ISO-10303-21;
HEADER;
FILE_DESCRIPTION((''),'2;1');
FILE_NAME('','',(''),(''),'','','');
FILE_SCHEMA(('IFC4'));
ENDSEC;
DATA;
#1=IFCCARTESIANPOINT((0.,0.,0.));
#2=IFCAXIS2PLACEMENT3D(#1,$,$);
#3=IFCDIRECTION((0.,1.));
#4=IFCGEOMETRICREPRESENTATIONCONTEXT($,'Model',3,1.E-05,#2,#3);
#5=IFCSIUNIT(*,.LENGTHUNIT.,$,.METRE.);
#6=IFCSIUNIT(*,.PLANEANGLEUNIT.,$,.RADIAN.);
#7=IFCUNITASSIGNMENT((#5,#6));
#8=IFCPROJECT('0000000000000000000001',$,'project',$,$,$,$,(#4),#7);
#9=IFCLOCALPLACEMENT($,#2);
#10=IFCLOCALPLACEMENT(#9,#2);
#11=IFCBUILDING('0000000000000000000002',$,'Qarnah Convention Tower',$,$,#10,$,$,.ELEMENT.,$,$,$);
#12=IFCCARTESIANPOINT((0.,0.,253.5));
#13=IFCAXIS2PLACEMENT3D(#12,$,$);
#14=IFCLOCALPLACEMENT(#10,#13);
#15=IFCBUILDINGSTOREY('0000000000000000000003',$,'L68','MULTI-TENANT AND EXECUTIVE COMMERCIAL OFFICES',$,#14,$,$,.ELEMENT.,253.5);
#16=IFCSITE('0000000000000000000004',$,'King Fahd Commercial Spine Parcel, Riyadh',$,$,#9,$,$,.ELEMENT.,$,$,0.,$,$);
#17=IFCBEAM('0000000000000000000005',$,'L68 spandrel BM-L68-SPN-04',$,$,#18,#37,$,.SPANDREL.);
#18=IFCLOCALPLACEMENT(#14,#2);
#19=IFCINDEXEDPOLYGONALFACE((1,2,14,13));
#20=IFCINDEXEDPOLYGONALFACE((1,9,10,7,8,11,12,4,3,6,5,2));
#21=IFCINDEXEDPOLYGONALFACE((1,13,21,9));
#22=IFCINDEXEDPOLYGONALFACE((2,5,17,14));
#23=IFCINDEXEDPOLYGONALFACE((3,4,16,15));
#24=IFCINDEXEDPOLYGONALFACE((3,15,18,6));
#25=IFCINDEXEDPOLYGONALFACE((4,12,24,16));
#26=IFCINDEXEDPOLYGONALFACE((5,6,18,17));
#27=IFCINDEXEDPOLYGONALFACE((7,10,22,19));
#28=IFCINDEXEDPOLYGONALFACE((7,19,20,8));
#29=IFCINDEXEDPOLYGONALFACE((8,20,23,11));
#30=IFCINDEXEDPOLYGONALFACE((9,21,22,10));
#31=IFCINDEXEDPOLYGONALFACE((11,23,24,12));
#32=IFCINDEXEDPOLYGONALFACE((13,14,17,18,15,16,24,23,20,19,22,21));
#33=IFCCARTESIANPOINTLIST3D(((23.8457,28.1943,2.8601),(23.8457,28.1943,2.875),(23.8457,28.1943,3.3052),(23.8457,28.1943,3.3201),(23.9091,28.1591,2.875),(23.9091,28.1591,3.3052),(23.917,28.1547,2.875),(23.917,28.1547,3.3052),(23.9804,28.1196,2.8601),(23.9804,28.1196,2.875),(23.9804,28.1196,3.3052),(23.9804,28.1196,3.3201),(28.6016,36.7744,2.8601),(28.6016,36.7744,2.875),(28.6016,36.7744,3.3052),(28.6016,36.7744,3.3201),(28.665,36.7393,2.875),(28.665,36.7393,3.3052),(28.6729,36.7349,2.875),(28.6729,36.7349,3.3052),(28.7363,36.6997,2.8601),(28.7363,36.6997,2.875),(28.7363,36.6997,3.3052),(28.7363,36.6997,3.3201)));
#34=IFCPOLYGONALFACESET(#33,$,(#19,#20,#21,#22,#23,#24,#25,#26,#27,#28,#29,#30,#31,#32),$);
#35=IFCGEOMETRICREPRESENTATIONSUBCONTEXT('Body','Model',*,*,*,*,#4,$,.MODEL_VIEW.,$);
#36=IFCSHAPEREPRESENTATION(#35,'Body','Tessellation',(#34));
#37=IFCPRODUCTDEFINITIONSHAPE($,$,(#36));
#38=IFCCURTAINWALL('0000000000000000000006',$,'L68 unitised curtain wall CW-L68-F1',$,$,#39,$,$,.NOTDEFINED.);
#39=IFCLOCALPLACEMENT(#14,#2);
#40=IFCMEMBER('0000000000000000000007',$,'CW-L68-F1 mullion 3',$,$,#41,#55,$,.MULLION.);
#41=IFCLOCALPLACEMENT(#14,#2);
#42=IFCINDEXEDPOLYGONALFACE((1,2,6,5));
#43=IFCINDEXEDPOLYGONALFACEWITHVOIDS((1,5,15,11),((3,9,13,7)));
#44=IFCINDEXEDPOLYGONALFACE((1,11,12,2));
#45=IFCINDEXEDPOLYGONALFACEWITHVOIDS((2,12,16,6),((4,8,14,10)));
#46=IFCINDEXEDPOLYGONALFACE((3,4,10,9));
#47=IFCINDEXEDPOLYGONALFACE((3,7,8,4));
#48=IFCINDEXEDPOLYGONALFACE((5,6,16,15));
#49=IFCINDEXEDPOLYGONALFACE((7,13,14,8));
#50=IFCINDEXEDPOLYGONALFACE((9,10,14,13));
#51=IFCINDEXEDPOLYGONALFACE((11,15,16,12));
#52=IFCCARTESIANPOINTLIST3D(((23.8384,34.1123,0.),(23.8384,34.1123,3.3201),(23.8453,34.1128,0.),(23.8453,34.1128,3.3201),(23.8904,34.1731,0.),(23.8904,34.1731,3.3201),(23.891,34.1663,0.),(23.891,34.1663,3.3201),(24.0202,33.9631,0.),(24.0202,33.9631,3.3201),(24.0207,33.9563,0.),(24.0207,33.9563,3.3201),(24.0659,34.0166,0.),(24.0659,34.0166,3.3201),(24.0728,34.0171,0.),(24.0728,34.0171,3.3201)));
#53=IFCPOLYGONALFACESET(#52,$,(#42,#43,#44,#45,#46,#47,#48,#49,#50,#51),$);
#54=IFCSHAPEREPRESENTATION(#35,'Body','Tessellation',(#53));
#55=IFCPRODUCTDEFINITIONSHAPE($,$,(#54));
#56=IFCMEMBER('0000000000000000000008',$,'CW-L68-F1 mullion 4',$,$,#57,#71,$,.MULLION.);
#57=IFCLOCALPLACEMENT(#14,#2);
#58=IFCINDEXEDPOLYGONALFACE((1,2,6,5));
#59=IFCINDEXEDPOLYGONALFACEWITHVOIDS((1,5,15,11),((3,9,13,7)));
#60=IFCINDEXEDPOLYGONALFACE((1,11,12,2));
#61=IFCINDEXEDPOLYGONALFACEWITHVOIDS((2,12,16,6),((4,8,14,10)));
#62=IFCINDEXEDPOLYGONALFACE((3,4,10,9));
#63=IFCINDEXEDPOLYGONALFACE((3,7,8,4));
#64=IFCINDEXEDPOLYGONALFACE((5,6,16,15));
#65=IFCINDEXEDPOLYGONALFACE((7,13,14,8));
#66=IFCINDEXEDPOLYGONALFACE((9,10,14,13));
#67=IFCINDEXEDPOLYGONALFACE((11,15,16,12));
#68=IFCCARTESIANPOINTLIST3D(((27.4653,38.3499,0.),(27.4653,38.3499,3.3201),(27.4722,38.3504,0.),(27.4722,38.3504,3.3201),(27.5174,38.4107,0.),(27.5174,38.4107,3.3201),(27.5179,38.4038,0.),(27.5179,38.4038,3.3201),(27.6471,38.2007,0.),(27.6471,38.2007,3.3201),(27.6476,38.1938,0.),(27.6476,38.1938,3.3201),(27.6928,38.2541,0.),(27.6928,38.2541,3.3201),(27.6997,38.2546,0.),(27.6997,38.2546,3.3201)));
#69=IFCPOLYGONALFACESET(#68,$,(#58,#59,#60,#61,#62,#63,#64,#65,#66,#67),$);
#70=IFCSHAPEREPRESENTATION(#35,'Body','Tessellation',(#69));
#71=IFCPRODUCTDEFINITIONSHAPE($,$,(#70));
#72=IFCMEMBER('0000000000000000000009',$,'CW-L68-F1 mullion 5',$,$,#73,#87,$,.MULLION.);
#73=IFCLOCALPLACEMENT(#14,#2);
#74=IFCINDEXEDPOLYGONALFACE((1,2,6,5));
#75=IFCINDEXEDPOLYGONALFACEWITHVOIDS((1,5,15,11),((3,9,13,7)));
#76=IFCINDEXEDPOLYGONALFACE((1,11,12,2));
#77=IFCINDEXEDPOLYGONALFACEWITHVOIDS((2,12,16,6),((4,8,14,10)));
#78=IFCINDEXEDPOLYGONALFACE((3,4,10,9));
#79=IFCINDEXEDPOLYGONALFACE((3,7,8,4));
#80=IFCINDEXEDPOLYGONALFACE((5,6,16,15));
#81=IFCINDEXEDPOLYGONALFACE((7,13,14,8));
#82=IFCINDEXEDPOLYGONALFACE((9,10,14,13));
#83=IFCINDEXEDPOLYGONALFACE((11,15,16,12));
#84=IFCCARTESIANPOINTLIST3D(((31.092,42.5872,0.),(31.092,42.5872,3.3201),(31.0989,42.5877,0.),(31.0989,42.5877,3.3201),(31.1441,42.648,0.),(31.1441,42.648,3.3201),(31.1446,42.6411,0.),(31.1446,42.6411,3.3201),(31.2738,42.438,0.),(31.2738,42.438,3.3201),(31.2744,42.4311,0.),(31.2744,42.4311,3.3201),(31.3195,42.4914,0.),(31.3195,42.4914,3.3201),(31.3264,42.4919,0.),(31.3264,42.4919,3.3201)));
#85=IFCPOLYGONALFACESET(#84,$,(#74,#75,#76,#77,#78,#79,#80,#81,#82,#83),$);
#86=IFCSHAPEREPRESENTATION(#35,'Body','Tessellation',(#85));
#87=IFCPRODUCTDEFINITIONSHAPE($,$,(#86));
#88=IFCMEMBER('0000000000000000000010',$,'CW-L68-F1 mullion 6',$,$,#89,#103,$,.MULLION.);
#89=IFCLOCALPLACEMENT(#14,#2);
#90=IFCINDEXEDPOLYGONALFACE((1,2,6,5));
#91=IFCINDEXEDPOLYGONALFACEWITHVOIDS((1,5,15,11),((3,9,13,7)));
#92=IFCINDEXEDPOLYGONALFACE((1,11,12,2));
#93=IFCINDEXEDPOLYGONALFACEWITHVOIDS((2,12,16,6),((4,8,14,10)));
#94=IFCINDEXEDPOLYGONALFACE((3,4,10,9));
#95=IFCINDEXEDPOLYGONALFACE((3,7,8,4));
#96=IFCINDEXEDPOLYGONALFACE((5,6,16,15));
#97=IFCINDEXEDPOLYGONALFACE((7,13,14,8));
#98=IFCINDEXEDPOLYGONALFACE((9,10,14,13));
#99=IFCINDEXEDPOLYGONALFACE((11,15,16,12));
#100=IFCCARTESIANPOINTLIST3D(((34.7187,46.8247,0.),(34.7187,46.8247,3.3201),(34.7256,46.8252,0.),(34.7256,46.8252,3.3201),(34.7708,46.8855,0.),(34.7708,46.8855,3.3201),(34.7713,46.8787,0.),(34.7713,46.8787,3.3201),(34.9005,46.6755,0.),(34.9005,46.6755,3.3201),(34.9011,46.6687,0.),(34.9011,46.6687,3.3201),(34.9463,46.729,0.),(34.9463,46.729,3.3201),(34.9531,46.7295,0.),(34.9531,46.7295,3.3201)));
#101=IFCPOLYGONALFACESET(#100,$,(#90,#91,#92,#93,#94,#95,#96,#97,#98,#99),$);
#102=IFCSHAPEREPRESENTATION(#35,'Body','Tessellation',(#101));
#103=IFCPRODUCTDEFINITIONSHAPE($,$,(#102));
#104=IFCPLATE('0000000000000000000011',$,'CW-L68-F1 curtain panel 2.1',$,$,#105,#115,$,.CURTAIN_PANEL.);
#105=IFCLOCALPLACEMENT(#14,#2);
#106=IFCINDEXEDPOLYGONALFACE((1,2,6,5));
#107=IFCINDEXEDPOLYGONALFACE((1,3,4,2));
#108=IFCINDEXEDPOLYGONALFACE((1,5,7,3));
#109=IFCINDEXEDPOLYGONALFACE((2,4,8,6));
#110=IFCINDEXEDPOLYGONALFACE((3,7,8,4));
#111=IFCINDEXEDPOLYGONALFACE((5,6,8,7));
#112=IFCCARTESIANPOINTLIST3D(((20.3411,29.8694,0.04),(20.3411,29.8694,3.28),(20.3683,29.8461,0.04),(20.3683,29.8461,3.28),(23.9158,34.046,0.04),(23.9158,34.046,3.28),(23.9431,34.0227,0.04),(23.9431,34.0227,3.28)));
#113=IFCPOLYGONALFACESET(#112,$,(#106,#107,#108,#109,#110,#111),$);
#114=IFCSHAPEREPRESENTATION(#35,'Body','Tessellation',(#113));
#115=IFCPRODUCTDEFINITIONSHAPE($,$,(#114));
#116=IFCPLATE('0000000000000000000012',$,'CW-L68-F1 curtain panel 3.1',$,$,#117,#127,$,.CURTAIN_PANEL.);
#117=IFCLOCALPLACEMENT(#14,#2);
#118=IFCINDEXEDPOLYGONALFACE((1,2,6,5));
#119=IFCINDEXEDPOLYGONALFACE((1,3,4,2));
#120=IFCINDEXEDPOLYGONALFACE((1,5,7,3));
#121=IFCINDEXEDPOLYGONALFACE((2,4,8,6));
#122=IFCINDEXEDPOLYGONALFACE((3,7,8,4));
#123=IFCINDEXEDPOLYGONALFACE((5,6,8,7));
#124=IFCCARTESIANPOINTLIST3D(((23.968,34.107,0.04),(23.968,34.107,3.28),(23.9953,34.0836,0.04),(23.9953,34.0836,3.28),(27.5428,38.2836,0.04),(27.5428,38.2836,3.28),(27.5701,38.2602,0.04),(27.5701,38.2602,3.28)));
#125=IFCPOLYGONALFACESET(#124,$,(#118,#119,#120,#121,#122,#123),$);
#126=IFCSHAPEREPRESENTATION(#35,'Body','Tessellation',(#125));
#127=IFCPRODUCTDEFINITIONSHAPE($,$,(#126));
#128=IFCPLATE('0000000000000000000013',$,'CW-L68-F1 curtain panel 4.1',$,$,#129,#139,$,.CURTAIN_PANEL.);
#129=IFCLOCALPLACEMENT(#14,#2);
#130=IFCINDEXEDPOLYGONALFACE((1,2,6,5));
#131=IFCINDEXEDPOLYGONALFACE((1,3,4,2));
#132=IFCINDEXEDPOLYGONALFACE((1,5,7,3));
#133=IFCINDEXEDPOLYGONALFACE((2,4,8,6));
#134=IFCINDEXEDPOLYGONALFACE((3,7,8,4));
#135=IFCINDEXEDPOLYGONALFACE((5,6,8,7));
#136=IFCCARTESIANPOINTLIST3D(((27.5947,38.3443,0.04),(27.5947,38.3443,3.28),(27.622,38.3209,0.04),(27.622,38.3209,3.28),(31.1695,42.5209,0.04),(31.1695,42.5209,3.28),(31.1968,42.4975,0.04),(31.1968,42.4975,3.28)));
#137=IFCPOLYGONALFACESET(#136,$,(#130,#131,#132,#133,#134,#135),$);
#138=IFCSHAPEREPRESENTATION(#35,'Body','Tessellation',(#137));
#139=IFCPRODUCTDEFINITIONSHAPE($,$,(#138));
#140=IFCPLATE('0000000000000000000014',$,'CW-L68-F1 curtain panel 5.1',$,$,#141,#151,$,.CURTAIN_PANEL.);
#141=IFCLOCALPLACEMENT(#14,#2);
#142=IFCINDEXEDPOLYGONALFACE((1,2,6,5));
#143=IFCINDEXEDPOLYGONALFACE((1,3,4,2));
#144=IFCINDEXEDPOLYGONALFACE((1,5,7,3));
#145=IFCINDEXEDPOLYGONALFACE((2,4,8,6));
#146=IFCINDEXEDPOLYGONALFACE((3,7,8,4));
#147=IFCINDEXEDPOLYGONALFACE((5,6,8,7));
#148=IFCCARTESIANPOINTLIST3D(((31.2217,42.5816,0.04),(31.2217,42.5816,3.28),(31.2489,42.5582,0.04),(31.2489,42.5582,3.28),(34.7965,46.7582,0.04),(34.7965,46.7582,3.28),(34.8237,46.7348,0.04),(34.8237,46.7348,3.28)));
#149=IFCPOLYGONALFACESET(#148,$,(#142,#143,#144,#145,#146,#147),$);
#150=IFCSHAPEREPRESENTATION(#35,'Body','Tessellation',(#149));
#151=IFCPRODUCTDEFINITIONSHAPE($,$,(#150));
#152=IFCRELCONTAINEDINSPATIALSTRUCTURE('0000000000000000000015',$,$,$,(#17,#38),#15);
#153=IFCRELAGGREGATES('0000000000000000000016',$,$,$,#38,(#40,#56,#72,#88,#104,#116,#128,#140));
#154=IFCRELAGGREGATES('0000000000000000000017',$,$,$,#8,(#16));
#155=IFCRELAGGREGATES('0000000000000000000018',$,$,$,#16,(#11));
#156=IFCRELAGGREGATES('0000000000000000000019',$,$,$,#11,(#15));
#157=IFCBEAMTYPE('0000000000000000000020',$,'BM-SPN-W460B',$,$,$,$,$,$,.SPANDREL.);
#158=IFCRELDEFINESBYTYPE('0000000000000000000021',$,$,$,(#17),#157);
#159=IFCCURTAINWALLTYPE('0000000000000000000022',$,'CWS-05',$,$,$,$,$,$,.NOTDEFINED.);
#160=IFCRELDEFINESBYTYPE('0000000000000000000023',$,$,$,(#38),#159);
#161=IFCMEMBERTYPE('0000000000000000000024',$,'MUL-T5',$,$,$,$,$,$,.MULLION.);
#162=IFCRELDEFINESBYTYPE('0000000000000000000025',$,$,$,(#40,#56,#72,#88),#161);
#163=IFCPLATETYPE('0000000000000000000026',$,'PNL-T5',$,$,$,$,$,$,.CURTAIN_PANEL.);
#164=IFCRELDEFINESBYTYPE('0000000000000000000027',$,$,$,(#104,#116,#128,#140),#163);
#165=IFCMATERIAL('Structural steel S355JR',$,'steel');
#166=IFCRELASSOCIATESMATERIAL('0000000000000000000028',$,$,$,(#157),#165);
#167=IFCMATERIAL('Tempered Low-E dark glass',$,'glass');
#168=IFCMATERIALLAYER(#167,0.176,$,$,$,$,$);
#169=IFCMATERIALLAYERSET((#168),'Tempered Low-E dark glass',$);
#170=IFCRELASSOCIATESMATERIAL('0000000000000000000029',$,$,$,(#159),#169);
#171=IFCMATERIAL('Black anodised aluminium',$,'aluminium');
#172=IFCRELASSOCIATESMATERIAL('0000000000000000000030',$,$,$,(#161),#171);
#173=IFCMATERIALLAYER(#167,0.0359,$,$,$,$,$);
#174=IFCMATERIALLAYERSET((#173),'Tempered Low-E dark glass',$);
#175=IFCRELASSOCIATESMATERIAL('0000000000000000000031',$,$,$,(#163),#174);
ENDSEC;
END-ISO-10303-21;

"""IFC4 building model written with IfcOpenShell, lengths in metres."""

from ifc_helpers import new_model, si_unit, direction, frame, origin, origin_2d, place, context, subcontext, project, spatial, rectangle, hollow_rectangle, i_section, extrude, material, layer, layer_set, material_profile, profile_set, type_object, element, aggregate, save


model = new_model("IFC4")

# Units and contexts
model_context = context("Model", 3, precision=1e-05, world=origin(), true_north=direction((0.0, 1.0)))
body_context = subcontext(model_context, "Body", "Model", "MODEL_VIEW")
ifc_project = project(units=[si_unit("LENGTHUNIT", "METRE"), si_unit("PLANEANGLEUNIT", "RADIAN")], contexts=[model_context])

# Site, building, storey
site_placement = place(None, origin())
site = spatial("IfcSite", under=ifc_project, at=site_placement, Name="King Fahd Commercial Spine Parcel, Riyadh", CompositionType="ELEMENT", RefElevation=0.0)
building_placement = place(site_placement, origin())
building = spatial("IfcBuilding", under=site, at=building_placement, Name="Qarnah Convention Tower", CompositionType="ELEMENT")
storey_placement = place(building_placement, frame((0.0, 0.0, 253.5)))
storey = spatial("IfcBuildingStorey", under=building, at=storey_placement, Name="L68", Description="MULTI-TENANT AND EXECUTIVE COMMERCIAL OFFICES", CompositionType="ELEMENT", Elevation=253.5)

# Beam
ifc_material_1 = material(Name="Structural steel S355JR", Category="steel")
ifc_material_profile_1 = material_profile(ifc_material_1, i_section(OverallWidth=0.1541, OverallDepth=0.46, WebThickness=0.009, FlangeThickness=0.0149, at=origin_2d()), Name="W460X68")
ifc_profile_set_1 = profile_set([ifc_material_profile_1], Name="Structural steel S355JR")
beam_type_1 = type_object("IfcBeamType", Name="BM-SPN-W460B", PredefinedType="SPANDREL", material=ifc_profile_set_1)
beam_1_placement = place(storey_placement, frame((28.6689, 36.7371, 3.0901), z_axis=(-0.484797, -0.874626, 0.0), x_axis=(0.874626, -0.484797, 0.0)))
element("IfcBeam", 1, at=beam_1_placement, inside=storey, type_object=beam_type_1, Name="L68 spandrel BM-L68-SPN-04", PredefinedType="SPANDREL", context=body_context, shape_type="SweptSolid", body=[
    extrude(i_section(OverallWidth=0.1541, OverallDepth=0.46, WebThickness=0.009, FlangeThickness=0.0149, at=origin_2d()), origin(), (0.0, 0.0, 1.0), 9.8101),
])

# Curtain wall, members, plates
ifc_material_2 = material(Name="Tempered Low-E dark glass", Category="glass")
ifc_layer_1 = layer(ifc_material_2, 0.176)
ifc_layer_set_1 = layer_set([ifc_layer_1], Name="Tempered Low-E dark glass")
curtain_wall_type = type_object("IfcCurtainWallType", Name="CWS-05", PredefinedType="NOTDEFINED", material=ifc_layer_set_1)
curtain_wall_placement = place(storey_placement, origin())
curtain_wall = element("IfcCurtainWall", 2, at=curtain_wall_placement, inside=storey, type_object=curtain_wall_type, Name="L68 unitised curtain wall CW-L68-F1", PredefinedType="NOTDEFINED")
ifc_material_3 = material(Name="Black anodised aluminium", Category="aluminium")
ifc_material_profile_2 = material_profile(ifc_material_3, hollow_rectangle(XDim=0.0801, YDim=0.24, WallThickness=0.0049, at=origin_2d()), Name="MUL-80X240")
ifc_profile_set_2 = profile_set([ifc_material_profile_2], Name="Black anodised aluminium")
member_type = type_object("IfcMemberType", Name="MUL-T5", PredefinedType="MULLION", material=ifc_profile_set_2)
member_1_placement = place(storey_placement, frame((23.9556, 34.0647, 0.0), z_axis=(0.0, 0.0, 1.0), x_axis=(0.650248, 0.759722, 0.0)))
member_1 = element("IfcMember", 3, at=member_1_placement, type_object=member_type, Name="CW-L68-F1 mullion 3", PredefinedType="MULLION", context=body_context, shape_type="SweptSolid", body=[
    extrude(hollow_rectangle(XDim=0.0801, YDim=0.24, WallThickness=0.0049, at=origin_2d()), origin(), (0.0, 0.0, 1.0), 3.3201),
])
member_2_placement = place(storey_placement, frame((27.5825, 38.3022, 0.0), z_axis=(0.0, 0.0, 1.0), x_axis=(0.650248, 0.759722, 0.0)))
member_2 = element("IfcMember", 4, at=member_2_placement, type_object=member_type, Name="CW-L68-F1 mullion 4", PredefinedType="MULLION", context=body_context, shape_type="SweptSolid", body=[
    extrude(hollow_rectangle(XDim=0.0801, YDim=0.24, WallThickness=0.0049, at=origin_2d()), origin(), (0.0, 0.0, 1.0), 3.3201),
])
member_3_placement = place(storey_placement, frame((31.2092, 42.5396, 0.0), z_axis=(0.0, 0.0, 1.0), x_axis=(0.650248, 0.759722, 0.0)))
member_3 = element("IfcMember", 5, at=member_3_placement, type_object=member_type, Name="CW-L68-F1 mullion 5", PredefinedType="MULLION", context=body_context, shape_type="SweptSolid", body=[
    extrude(hollow_rectangle(XDim=0.0801, YDim=0.24, WallThickness=0.0049, at=origin_2d()), origin(), (0.0, 0.0, 1.0), 3.3201),
])
member_4_placement = place(storey_placement, frame((34.8359, 46.7771, 0.0), z_axis=(0.0, 0.0, 1.0), x_axis=(0.650248, 0.759722, 0.0)))
member_4 = element("IfcMember", 6, at=member_4_placement, type_object=member_type, Name="CW-L68-F1 mullion 6", PredefinedType="MULLION", context=body_context, shape_type="SweptSolid", body=[
    extrude(hollow_rectangle(XDim=0.0801, YDim=0.24, WallThickness=0.0049, at=origin_2d()), origin(), (0.0, 0.0, 1.0), 3.3201),
])
ifc_layer_2 = layer(ifc_material_2, 0.0359)
ifc_layer_set_2 = layer_set([ifc_layer_2], Name="Tempered Low-E dark glass")
plate_type = type_object("IfcPlateType", Name="PNL-T5", PredefinedType="CURTAIN_PANEL", material=ifc_layer_set_2)
plate_1_placement = place(storey_placement, frame((22.1421, 31.946, 0.04), z_axis=(0.0, 0.0, 1.0), x_axis=(0.650248, 0.759722, 0.0)))
plate_1 = element("IfcPlate", 7, at=plate_1_placement, type_object=plate_type, Name="CW-L68-F1 curtain panel 2.1", PredefinedType="CURTAIN_PANEL", context=body_context, shape_type="SweptSolid", body=[
    extrude(rectangle(XDim=5.4976, YDim=0.0359, at=origin_2d()), origin(), (0.0, 0.0, 1.0), 3.24),
])
plate_2_placement = place(storey_placement, frame((25.769, 36.1836, 0.04), z_axis=(0.0, 0.0, 1.0), x_axis=(0.650248, 0.759722, 0.0)))
plate_2 = element("IfcPlate", 8, at=plate_2_placement, type_object=plate_type, Name="CW-L68-F1 curtain panel 3.1", PredefinedType="CURTAIN_PANEL", context=body_context, shape_type="SweptSolid", body=[
    extrude(rectangle(XDim=5.4976, YDim=0.0359, at=origin_2d()), origin(), (0.0, 0.0, 1.0), 3.24),
])
plate_3_placement = place(storey_placement, frame((29.3958, 40.4209, 0.04), z_axis=(0.0, 0.0, 1.0), x_axis=(0.650248, 0.759722, 0.0)))
plate_3 = element("IfcPlate", 9, at=plate_3_placement, type_object=plate_type, Name="CW-L68-F1 curtain panel 4.1", PredefinedType="CURTAIN_PANEL", context=body_context, shape_type="SweptSolid", body=[
    extrude(rectangle(XDim=5.4976, YDim=0.0359, at=origin_2d()), origin(), (0.0, 0.0, 1.0), 3.24),
])
plate_4_placement = place(storey_placement, frame((33.0227, 44.6582, 0.04), z_axis=(0.0, 0.0, 1.0), x_axis=(0.650248, 0.759722, 0.0)))
plate_4 = element("IfcPlate", 10, at=plate_4_placement, type_object=plate_type, Name="CW-L68-F1 curtain panel 5.1", PredefinedType="CURTAIN_PANEL", context=body_context, shape_type="SweptSolid", body=[
    extrude(rectangle(XDim=5.4976, YDim=0.0359, at=origin_2d()), origin(), (0.0, 0.0, 1.0), 3.24),
])
aggregate(curtain_wall, [member_1, member_2, member_3, member_4, plate_1, plate_2, plate_3, plate_4])

save(model, "model.ifc")
